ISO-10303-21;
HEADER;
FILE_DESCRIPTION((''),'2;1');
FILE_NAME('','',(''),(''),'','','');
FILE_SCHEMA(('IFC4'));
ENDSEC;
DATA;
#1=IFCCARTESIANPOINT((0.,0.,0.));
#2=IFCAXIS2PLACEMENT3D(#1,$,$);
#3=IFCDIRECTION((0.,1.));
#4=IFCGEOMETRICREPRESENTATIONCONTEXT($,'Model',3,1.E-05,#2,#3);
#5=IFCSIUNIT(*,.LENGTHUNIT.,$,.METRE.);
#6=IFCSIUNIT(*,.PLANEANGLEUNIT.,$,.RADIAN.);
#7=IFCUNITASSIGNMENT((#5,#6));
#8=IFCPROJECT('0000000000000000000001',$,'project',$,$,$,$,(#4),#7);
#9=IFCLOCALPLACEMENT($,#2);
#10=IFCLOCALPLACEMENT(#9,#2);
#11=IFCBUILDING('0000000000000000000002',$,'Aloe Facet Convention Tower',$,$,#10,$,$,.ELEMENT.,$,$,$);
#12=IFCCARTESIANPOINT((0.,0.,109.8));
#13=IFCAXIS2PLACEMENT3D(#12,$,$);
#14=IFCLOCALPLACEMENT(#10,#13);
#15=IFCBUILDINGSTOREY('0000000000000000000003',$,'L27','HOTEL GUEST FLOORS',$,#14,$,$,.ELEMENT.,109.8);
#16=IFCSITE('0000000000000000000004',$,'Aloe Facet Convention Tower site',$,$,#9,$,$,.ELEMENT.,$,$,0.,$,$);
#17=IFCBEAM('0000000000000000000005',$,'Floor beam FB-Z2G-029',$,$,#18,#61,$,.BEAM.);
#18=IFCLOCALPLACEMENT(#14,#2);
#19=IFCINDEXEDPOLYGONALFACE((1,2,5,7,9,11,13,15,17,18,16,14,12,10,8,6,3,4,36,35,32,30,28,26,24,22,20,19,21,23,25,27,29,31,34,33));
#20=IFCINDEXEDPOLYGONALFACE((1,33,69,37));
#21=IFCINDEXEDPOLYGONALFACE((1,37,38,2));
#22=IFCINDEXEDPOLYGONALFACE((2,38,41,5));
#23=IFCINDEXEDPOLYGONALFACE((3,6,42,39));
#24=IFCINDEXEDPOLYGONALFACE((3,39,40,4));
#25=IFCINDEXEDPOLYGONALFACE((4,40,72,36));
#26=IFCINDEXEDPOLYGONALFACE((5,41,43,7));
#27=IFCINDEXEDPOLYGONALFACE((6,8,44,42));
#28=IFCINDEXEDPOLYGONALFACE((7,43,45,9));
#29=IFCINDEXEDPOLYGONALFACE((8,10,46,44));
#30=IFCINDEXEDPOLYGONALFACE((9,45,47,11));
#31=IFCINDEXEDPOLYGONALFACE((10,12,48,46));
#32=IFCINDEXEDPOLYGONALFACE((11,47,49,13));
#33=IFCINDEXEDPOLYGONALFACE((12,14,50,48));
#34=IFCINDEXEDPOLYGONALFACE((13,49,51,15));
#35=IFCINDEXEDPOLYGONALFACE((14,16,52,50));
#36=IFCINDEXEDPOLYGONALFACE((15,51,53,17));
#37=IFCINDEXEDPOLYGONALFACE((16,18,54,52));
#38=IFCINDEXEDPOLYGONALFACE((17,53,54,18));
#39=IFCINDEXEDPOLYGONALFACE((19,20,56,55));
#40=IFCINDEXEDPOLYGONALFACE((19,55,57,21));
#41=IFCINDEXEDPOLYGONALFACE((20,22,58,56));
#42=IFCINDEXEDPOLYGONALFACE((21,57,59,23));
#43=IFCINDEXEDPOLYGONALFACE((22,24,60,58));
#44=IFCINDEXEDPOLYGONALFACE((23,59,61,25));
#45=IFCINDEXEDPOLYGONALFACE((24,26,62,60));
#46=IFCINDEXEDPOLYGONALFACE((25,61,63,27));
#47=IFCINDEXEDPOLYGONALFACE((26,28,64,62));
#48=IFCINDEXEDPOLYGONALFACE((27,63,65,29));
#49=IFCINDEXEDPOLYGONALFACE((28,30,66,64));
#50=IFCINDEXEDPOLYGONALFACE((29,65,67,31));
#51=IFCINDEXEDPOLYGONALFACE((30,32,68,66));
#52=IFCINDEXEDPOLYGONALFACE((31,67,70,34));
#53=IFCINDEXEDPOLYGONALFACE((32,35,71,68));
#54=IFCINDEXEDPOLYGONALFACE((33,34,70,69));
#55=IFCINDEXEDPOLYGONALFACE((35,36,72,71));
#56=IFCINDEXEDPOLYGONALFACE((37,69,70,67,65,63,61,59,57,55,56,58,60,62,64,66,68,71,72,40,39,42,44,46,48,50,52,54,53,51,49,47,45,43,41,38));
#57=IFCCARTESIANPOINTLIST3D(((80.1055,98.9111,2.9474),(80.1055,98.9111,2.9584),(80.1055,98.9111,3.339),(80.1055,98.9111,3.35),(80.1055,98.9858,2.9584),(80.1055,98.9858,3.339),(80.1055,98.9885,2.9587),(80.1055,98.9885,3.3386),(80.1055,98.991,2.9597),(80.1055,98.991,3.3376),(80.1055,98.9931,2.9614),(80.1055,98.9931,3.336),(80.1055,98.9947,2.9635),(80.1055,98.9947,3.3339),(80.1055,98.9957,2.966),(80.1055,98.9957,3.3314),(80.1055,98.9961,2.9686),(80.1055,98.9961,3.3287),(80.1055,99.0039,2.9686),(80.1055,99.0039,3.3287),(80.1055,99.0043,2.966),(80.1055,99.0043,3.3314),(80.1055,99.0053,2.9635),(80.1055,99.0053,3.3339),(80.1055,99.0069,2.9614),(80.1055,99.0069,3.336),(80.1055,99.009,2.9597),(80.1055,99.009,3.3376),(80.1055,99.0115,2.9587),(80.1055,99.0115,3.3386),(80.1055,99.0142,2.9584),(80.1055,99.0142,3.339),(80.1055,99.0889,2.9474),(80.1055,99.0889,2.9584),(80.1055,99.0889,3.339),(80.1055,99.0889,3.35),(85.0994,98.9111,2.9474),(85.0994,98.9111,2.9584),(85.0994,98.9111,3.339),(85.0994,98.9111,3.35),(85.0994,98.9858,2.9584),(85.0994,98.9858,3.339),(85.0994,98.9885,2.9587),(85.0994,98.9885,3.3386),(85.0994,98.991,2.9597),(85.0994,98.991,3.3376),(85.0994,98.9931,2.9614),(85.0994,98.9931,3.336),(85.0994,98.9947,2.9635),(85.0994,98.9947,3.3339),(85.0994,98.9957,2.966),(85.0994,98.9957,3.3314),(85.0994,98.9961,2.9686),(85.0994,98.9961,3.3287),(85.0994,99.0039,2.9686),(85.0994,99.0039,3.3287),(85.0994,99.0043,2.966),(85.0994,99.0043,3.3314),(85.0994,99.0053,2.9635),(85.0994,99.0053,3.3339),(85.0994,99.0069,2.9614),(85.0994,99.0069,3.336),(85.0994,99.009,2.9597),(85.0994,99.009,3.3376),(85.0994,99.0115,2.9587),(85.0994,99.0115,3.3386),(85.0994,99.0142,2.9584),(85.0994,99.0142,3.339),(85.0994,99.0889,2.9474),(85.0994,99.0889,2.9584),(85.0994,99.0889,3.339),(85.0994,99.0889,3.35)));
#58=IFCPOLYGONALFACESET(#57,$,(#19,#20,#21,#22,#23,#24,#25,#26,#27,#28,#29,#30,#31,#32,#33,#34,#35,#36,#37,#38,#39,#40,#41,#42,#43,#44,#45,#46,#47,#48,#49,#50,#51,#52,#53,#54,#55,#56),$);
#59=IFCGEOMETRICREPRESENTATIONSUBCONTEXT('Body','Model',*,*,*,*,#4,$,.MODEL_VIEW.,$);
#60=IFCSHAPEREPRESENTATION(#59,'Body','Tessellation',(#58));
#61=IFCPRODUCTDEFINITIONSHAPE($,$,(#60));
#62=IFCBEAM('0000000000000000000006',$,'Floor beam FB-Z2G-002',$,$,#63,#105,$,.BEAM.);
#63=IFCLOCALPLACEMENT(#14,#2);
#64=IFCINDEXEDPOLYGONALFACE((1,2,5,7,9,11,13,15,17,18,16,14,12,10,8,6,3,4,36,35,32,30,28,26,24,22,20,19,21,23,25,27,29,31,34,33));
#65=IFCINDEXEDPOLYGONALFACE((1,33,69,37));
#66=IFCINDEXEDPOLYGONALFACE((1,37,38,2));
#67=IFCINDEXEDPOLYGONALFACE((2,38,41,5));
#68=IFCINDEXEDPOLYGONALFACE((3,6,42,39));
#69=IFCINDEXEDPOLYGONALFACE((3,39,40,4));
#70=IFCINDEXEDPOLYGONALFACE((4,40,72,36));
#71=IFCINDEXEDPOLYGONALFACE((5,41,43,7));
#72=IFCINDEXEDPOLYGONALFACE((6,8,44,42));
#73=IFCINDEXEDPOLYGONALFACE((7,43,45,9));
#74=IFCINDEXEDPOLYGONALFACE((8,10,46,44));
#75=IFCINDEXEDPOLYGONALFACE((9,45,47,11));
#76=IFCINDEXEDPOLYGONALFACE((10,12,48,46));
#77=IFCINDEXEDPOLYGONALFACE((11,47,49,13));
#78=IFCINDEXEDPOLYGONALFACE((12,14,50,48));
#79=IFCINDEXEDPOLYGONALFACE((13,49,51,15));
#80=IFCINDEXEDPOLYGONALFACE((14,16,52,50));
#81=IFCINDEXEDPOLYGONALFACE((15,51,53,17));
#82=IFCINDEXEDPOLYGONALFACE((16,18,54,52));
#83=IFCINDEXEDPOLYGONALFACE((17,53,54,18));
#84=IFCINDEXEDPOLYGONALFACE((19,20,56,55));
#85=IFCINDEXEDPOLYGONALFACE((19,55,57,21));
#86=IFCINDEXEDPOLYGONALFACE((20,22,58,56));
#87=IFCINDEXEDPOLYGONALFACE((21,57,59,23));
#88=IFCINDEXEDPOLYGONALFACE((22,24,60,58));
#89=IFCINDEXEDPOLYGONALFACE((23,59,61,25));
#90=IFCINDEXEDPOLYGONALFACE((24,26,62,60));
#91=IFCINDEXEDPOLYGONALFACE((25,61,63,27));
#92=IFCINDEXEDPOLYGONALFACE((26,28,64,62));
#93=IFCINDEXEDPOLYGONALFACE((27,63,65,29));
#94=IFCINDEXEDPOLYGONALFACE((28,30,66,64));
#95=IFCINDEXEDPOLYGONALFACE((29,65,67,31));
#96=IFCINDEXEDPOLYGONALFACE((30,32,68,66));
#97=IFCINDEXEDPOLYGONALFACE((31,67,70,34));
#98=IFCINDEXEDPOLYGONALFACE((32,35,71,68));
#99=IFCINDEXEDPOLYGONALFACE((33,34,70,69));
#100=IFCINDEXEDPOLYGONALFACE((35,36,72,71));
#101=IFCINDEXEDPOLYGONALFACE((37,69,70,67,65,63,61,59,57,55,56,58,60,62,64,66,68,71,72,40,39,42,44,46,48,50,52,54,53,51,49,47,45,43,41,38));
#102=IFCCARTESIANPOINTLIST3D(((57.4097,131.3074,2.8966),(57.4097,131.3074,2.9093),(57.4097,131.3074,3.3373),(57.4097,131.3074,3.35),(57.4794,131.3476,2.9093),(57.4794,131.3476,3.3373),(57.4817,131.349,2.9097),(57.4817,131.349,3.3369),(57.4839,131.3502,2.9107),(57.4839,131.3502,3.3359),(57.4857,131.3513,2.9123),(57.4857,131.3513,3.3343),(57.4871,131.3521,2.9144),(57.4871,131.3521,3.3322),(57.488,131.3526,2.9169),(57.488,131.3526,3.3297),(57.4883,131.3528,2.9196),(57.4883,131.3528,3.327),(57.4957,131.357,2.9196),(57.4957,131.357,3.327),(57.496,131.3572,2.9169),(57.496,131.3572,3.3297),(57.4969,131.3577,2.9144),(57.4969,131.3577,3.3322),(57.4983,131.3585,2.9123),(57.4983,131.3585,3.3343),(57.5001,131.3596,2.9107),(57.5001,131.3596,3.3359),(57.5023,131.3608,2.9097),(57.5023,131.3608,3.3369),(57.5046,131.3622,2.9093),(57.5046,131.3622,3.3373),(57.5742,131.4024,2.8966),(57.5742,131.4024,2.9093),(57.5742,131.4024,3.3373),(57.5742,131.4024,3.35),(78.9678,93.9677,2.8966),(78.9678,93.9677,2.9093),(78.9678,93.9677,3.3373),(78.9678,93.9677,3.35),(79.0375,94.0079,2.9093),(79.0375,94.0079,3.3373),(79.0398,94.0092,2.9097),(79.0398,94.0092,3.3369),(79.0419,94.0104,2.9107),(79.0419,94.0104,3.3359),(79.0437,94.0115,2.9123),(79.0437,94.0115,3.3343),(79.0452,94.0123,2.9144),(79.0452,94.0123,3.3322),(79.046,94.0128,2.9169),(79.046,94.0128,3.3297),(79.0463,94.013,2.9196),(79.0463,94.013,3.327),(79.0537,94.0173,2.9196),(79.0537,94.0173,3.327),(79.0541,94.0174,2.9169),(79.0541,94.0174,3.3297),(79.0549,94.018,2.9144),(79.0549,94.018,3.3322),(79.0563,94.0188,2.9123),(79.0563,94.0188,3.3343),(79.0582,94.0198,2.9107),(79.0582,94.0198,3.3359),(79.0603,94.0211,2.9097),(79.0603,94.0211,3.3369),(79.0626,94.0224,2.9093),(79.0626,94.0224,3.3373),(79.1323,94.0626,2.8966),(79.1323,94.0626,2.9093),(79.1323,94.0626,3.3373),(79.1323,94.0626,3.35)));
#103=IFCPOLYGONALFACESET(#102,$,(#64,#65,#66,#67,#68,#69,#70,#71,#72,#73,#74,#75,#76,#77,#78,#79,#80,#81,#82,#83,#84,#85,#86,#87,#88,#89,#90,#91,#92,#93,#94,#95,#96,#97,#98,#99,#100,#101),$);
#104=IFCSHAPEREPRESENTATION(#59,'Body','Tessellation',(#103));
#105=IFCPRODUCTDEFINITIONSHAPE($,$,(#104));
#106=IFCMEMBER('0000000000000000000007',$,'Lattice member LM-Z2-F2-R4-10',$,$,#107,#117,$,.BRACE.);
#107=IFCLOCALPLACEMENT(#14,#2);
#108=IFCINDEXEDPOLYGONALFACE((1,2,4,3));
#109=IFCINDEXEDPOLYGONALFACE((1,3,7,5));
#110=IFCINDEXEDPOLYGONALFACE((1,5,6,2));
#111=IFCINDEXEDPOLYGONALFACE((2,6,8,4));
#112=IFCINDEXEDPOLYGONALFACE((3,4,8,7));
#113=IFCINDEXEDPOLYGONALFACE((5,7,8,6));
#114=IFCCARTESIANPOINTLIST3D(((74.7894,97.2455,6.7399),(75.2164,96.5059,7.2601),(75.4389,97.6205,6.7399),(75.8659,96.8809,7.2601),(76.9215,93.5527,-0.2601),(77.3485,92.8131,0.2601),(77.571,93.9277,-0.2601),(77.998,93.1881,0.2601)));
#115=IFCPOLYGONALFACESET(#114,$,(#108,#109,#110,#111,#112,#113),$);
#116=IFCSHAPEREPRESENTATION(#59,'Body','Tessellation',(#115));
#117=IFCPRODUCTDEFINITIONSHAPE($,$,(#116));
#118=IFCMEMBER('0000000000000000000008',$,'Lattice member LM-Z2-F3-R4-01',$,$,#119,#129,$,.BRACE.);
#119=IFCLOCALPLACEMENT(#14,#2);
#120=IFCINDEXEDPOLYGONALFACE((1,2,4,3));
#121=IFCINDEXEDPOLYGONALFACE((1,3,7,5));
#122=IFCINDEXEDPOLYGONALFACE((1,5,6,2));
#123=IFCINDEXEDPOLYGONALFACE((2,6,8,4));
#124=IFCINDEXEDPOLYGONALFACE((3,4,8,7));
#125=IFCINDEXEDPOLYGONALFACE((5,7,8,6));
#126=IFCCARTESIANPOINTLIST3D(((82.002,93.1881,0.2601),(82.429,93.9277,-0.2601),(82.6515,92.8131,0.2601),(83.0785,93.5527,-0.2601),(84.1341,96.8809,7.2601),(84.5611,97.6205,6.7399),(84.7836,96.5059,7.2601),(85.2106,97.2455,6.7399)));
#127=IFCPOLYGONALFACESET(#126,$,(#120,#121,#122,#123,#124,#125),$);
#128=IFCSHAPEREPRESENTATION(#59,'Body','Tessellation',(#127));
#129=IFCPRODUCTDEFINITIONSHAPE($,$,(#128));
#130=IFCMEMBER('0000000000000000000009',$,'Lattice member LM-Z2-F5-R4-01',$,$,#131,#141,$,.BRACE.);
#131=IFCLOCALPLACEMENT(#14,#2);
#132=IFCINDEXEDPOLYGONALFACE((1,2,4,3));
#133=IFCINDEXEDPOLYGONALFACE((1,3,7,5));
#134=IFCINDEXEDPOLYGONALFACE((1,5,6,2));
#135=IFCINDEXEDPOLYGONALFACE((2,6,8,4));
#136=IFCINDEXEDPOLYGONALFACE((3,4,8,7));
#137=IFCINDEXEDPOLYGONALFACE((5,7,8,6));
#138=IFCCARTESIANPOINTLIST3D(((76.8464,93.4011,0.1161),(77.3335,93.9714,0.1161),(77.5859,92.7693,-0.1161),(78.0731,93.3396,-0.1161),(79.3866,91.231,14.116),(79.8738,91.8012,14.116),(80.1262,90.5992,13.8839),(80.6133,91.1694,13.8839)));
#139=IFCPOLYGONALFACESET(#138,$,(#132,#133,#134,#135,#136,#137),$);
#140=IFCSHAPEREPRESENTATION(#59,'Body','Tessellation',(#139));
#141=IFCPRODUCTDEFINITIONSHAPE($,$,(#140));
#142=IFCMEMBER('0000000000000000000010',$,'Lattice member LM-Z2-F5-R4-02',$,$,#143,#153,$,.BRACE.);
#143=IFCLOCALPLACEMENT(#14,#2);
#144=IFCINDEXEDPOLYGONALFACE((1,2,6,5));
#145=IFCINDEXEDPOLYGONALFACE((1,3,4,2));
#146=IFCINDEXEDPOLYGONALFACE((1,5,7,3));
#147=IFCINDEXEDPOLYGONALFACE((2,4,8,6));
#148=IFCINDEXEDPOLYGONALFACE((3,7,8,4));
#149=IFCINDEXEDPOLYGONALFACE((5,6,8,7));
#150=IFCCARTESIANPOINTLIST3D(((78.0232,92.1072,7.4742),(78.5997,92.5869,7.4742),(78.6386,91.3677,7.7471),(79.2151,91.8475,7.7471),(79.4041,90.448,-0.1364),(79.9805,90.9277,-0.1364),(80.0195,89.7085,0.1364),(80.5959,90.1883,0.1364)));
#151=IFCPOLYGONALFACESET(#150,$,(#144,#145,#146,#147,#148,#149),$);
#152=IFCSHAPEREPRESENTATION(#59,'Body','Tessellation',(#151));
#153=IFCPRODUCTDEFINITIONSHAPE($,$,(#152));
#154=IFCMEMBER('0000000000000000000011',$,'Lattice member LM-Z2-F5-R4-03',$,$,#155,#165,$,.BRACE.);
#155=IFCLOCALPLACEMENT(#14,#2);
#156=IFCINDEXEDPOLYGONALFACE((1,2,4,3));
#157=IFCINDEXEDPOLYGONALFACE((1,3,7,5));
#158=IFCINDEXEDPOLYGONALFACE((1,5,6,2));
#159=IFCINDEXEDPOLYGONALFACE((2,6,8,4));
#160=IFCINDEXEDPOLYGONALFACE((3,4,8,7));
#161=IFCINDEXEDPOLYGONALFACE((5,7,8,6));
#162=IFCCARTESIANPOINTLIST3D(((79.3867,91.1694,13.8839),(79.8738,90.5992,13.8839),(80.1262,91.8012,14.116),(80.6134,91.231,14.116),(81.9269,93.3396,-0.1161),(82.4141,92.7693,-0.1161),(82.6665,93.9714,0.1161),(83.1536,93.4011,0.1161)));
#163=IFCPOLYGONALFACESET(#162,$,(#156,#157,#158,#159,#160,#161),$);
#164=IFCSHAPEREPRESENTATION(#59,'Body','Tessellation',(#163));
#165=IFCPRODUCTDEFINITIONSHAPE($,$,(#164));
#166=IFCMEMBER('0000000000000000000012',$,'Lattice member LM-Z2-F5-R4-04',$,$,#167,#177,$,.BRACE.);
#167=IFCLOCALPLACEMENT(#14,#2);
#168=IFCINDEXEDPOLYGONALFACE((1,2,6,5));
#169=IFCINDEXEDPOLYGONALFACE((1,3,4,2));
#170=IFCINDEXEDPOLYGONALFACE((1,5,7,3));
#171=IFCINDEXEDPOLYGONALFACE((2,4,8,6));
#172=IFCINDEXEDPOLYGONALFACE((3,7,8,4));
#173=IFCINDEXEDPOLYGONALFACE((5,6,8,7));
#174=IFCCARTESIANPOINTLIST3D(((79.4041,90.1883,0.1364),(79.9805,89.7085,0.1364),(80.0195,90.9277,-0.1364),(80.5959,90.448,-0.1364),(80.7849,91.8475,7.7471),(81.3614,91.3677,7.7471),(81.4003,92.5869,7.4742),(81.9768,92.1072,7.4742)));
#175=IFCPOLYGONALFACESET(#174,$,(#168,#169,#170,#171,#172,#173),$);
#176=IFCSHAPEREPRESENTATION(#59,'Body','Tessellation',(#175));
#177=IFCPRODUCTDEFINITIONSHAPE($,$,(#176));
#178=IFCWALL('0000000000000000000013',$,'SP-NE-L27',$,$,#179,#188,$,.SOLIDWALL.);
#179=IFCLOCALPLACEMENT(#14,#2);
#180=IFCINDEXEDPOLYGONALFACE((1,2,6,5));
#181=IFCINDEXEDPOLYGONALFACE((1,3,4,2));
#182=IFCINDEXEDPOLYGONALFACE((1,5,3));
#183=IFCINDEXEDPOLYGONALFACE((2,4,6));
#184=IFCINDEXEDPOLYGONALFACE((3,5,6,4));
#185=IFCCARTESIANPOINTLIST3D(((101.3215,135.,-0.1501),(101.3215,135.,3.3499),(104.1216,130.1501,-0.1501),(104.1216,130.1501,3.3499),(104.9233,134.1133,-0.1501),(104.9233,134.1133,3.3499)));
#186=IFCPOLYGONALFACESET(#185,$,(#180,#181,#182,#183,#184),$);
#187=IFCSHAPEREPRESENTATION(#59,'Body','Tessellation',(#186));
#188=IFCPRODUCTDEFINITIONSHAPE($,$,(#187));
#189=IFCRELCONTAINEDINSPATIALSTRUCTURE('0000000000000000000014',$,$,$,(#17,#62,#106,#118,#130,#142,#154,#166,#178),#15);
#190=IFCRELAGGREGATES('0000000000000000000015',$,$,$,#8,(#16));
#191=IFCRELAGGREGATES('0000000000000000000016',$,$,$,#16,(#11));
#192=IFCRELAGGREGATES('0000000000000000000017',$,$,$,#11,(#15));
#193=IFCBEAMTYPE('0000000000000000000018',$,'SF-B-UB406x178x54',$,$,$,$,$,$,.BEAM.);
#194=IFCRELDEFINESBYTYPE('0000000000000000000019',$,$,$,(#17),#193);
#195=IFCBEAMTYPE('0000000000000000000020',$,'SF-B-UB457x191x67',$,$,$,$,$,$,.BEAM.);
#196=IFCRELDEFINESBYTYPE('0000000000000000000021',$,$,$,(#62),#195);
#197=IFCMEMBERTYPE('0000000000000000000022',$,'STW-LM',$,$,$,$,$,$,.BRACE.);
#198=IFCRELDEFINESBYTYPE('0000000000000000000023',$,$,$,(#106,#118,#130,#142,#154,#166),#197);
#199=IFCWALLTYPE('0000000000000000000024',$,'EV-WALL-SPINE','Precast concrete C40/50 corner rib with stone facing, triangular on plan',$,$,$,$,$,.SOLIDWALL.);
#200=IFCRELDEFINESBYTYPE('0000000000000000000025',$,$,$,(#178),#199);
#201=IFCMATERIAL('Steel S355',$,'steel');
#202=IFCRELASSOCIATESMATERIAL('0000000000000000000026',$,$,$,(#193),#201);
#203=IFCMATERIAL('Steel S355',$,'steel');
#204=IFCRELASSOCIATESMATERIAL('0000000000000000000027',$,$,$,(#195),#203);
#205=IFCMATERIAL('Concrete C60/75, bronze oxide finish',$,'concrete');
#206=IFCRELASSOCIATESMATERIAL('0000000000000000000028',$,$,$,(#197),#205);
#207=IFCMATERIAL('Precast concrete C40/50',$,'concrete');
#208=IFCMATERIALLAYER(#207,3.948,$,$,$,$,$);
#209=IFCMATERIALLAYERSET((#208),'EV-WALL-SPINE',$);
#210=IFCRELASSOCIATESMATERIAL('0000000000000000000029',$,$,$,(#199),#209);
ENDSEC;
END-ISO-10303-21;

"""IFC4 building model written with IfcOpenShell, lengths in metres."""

from ifc_helpers import new_model, si_unit, direction, frame, origin, origin_2d, place, context, subcontext, project, spatial, polyline, rectangle, i_section, outline, extrude, material, layer, layer_set, material_profile, profile_set, type_object, element, save


model = new_model("IFC4")

# Units and contexts
model_context = context("Model", 3, precision=1e-05, world=origin(), true_north=direction((0.0, 1.0)))
body_context = subcontext(model_context, "Body", "Model", "MODEL_VIEW")
ifc_project = project(units=[si_unit("LENGTHUNIT", "METRE"), si_unit("PLANEANGLEUNIT", "RADIAN")], contexts=[model_context])

# Site, building, storey
site_placement = place(None, origin())
site = spatial("IfcSite", under=ifc_project, at=site_placement, Name="Aloe Facet Convention Tower site", CompositionType="ELEMENT", RefElevation=0.0)
building_placement = place(site_placement, origin())
building = spatial("IfcBuilding", under=site, at=building_placement, Name="Aloe Facet Convention Tower", CompositionType="ELEMENT")
storey_placement = place(building_placement, frame((0.0, 0.0, 109.8)))
storey = spatial("IfcBuildingStorey", under=building, at=storey_placement, Name="L27", Description="HOTEL GUEST FLOORS", CompositionType="ELEMENT", Elevation=109.8)

# Beams
ifc_material_1 = material(Name="Steel S355", Category="steel")
ifc_material_profile_1 = material_profile(ifc_material_1, i_section(OverallWidth=0.1777, OverallDepth=0.4026, WebThickness=0.0078, FlangeThickness=0.011, FilletRadius=0.0103, at=origin_2d()), Name="UB 406x178x54")
ifc_profile_set_1 = profile_set([ifc_material_profile_1], Name="Steel S355")
beam_type_1 = type_object("IfcBeamType", Name="SF-B-UB406x178x54", PredefinedType="BEAM", material=ifc_profile_set_1)
beam_1_placement = place(storey_placement, frame((80.1055, 99.0, 3.1487), z_axis=(1.0, 0.0, 0.0), x_axis=(0.0, 1.0, 0.0)))
element("IfcBeam", 1, at=beam_1_placement, inside=storey, type_object=beam_type_1, Name="Floor beam FB-Z2G-029", PredefinedType="BEAM", context=body_context, shape_type="SweptSolid", body=[
    extrude(i_section(OverallWidth=0.1777, OverallDepth=0.4026, WebThickness=0.0078, FlangeThickness=0.011, FilletRadius=0.0103, at=origin_2d()), origin(), (0.0, 0.0, 1.0), 4.9939),
])
ifc_material_2 = material(Name="Steel S355", Category="steel")
ifc_material_profile_2 = material_profile(ifc_material_2, i_section(OverallWidth=0.1899, OverallDepth=0.4534, WebThickness=0.0085, FlangeThickness=0.0127, FilletRadius=0.0103, at=origin_2d()), Name="UB 457x191x67")
ifc_profile_set_2 = profile_set([ifc_material_profile_2], Name="Steel S355")
beam_type_2 = type_object("IfcBeamType", Name="SF-B-UB457x191x67", PredefinedType="BEAM", material=ifc_profile_set_2)
beam_2_placement = place(storey_placement, frame((79.05, 94.0151, 3.1233), z_axis=(-0.499999, 0.866026, 0.0), x_axis=(-0.866026, -0.499999, 0.0)))
element("IfcBeam", 2, at=beam_2_placement, inside=storey, type_object=beam_type_2, Name="Floor beam FB-Z2G-002", PredefinedType="BEAM", context=body_context, shape_type="SweptSolid", body=[
    extrude(i_section(OverallWidth=0.1899, OverallDepth=0.4534, WebThickness=0.0085, FlangeThickness=0.0127, FilletRadius=0.0103, at=origin_2d()), origin(), (0.0, 0.0, 1.0), 43.1162),
])

# Members
ifc_material_3 = material(Name="Concrete C60/75, bronze oxide finish", Category="concrete")
ifc_material_profile_3 = material_profile(ifc_material_3, rectangle(XDim=0.75, YDim=1.0, at=origin_2d()), Name="STW-LM")
ifc_profile_set_3 = profile_set([ifc_material_profile_3], Name="Concrete C60/75, bronze oxide finish")
member_type = type_object("IfcMemberType", Name="STW-LM", PredefinedType="BRACE", material=ifc_profile_set_3)
for number, where, z_axis, x_axis, name in (
    (3, (77.4597, 93.3704, 0.0), (-0.26012, 0.450541, 0.85402), (-0.866025, -0.5, 0.0), "Lattice member LM-Z2-F2-R4-10"),
    (4, (82.5403, 93.3704, 0.0), (0.26012, 0.450541, 0.85402), (-0.866025, 0.5, 0.0), "Lattice member LM-Z2-F3-R4-01"),
):
    element("IfcMember", number, at=place(storey_placement, frame(where, z_axis=z_axis, x_axis=x_axis)), inside=storey, type_object=member_type, Name=name, PredefinedType="BRACE", context=body_context, shape_type="SweptSolid", body=[
        extrude(rectangle(XDim=0.75, YDim=1.0, at=origin_2d()), origin(), (0.0, 0.0, 1.0), 8.1965),
    ])
member_1_placement = place(storey_placement, frame((77.4597, 93.3704, 0.0), z_axis=(0.176493, -0.150778, 0.972685), x_axis=(0.649545, 0.760323, 0.0)))
element("IfcMember", 5, at=member_1_placement, inside=storey, type_object=member_type, Name="Lattice member LM-Z2-F5-R4-01", PredefinedType="BRACE", context=body_context, shape_type="SweptSolid", body=[
    extrude(rectangle(XDim=0.75, YDim=1.0, at=origin_2d()), origin(), (0.0, 0.0, 1.0), 14.3931),
])
member_2_placement = place(storey_placement, frame((80.0, 90.3181, 0.0), z_axis=(-0.174554, 0.209736, 0.962051), x_axis=(-0.768629, -0.639695, 0.0)))
element("IfcMember", 6, at=member_2_placement, inside=storey, type_object=member_type, Name="Lattice member LM-Z2-F5-R4-02", PredefinedType="BRACE", context=body_context, shape_type="SweptSolid", body=[
    extrude(rectangle(XDim=0.75, YDim=1.0, at=origin_2d()), origin(), (0.0, 0.0, 1.0), 7.9109),
])
member_3_placement = place(storey_placement, frame((82.5403, 93.3704, 0.0), z_axis=(-0.176493, -0.150778, 0.972685), x_axis=(0.649545, -0.760323, 0.0)))
element("IfcMember", 7, at=member_3_placement, inside=storey, type_object=member_type, Name="Lattice member LM-Z2-F5-R4-03", PredefinedType="BRACE", context=body_context, shape_type="SweptSolid", body=[
    extrude(rectangle(XDim=0.75, YDim=1.0, at=origin_2d()), origin(), (0.0, 0.0, 1.0), 14.3931),
])
member_4_placement = place(storey_placement, frame((80.0, 90.3181, 0.0), z_axis=(0.174554, 0.209736, 0.962051), x_axis=(-0.768629, 0.639695, 0.0)))
element("IfcMember", 8, at=member_4_placement, inside=storey, type_object=member_type, Name="Lattice member LM-Z2-F5-R4-04", PredefinedType="BRACE", context=body_context, shape_type="SweptSolid", body=[
    extrude(rectangle(XDim=0.75, YDim=1.0, at=origin_2d()), origin(), (0.0, 0.0, 1.0), 7.9109),
])

# Wall
ifc_material_4 = material(Name="Precast concrete C40/50", Category="concrete")
ifc_layer_1 = layer(ifc_material_4, 3.948)
ifc_layer_set_1 = layer_set([ifc_layer_1], Name="EV-WALL-SPINE")
wall_type_1 = type_object("IfcWallType", Name="EV-WALL-SPINE", Description="Precast concrete C40/50 corner rib with stone facing, triangular on plan", PredefinedType="SOLIDWALL", material=ifc_layer_set_1)
wall_1_placement = place(storey_placement, frame((0.0, 0.0, -0.1501)))
element("IfcWall", 9, at=wall_1_placement, inside=storey, type_object=wall_type_1, Name="SP-NE-L27", PredefinedType="SOLIDWALL", context=body_context, shape_type="SweptSolid", body=[
    extrude(outline(polyline([(104.1216, 130.1501), (104.9233, 134.1133), (101.3215, 135.0), (104.1216, 130.1501)])), origin(), (0.0, 0.0, 1.0), 3.5),
])

save(model, "model.ifc")
